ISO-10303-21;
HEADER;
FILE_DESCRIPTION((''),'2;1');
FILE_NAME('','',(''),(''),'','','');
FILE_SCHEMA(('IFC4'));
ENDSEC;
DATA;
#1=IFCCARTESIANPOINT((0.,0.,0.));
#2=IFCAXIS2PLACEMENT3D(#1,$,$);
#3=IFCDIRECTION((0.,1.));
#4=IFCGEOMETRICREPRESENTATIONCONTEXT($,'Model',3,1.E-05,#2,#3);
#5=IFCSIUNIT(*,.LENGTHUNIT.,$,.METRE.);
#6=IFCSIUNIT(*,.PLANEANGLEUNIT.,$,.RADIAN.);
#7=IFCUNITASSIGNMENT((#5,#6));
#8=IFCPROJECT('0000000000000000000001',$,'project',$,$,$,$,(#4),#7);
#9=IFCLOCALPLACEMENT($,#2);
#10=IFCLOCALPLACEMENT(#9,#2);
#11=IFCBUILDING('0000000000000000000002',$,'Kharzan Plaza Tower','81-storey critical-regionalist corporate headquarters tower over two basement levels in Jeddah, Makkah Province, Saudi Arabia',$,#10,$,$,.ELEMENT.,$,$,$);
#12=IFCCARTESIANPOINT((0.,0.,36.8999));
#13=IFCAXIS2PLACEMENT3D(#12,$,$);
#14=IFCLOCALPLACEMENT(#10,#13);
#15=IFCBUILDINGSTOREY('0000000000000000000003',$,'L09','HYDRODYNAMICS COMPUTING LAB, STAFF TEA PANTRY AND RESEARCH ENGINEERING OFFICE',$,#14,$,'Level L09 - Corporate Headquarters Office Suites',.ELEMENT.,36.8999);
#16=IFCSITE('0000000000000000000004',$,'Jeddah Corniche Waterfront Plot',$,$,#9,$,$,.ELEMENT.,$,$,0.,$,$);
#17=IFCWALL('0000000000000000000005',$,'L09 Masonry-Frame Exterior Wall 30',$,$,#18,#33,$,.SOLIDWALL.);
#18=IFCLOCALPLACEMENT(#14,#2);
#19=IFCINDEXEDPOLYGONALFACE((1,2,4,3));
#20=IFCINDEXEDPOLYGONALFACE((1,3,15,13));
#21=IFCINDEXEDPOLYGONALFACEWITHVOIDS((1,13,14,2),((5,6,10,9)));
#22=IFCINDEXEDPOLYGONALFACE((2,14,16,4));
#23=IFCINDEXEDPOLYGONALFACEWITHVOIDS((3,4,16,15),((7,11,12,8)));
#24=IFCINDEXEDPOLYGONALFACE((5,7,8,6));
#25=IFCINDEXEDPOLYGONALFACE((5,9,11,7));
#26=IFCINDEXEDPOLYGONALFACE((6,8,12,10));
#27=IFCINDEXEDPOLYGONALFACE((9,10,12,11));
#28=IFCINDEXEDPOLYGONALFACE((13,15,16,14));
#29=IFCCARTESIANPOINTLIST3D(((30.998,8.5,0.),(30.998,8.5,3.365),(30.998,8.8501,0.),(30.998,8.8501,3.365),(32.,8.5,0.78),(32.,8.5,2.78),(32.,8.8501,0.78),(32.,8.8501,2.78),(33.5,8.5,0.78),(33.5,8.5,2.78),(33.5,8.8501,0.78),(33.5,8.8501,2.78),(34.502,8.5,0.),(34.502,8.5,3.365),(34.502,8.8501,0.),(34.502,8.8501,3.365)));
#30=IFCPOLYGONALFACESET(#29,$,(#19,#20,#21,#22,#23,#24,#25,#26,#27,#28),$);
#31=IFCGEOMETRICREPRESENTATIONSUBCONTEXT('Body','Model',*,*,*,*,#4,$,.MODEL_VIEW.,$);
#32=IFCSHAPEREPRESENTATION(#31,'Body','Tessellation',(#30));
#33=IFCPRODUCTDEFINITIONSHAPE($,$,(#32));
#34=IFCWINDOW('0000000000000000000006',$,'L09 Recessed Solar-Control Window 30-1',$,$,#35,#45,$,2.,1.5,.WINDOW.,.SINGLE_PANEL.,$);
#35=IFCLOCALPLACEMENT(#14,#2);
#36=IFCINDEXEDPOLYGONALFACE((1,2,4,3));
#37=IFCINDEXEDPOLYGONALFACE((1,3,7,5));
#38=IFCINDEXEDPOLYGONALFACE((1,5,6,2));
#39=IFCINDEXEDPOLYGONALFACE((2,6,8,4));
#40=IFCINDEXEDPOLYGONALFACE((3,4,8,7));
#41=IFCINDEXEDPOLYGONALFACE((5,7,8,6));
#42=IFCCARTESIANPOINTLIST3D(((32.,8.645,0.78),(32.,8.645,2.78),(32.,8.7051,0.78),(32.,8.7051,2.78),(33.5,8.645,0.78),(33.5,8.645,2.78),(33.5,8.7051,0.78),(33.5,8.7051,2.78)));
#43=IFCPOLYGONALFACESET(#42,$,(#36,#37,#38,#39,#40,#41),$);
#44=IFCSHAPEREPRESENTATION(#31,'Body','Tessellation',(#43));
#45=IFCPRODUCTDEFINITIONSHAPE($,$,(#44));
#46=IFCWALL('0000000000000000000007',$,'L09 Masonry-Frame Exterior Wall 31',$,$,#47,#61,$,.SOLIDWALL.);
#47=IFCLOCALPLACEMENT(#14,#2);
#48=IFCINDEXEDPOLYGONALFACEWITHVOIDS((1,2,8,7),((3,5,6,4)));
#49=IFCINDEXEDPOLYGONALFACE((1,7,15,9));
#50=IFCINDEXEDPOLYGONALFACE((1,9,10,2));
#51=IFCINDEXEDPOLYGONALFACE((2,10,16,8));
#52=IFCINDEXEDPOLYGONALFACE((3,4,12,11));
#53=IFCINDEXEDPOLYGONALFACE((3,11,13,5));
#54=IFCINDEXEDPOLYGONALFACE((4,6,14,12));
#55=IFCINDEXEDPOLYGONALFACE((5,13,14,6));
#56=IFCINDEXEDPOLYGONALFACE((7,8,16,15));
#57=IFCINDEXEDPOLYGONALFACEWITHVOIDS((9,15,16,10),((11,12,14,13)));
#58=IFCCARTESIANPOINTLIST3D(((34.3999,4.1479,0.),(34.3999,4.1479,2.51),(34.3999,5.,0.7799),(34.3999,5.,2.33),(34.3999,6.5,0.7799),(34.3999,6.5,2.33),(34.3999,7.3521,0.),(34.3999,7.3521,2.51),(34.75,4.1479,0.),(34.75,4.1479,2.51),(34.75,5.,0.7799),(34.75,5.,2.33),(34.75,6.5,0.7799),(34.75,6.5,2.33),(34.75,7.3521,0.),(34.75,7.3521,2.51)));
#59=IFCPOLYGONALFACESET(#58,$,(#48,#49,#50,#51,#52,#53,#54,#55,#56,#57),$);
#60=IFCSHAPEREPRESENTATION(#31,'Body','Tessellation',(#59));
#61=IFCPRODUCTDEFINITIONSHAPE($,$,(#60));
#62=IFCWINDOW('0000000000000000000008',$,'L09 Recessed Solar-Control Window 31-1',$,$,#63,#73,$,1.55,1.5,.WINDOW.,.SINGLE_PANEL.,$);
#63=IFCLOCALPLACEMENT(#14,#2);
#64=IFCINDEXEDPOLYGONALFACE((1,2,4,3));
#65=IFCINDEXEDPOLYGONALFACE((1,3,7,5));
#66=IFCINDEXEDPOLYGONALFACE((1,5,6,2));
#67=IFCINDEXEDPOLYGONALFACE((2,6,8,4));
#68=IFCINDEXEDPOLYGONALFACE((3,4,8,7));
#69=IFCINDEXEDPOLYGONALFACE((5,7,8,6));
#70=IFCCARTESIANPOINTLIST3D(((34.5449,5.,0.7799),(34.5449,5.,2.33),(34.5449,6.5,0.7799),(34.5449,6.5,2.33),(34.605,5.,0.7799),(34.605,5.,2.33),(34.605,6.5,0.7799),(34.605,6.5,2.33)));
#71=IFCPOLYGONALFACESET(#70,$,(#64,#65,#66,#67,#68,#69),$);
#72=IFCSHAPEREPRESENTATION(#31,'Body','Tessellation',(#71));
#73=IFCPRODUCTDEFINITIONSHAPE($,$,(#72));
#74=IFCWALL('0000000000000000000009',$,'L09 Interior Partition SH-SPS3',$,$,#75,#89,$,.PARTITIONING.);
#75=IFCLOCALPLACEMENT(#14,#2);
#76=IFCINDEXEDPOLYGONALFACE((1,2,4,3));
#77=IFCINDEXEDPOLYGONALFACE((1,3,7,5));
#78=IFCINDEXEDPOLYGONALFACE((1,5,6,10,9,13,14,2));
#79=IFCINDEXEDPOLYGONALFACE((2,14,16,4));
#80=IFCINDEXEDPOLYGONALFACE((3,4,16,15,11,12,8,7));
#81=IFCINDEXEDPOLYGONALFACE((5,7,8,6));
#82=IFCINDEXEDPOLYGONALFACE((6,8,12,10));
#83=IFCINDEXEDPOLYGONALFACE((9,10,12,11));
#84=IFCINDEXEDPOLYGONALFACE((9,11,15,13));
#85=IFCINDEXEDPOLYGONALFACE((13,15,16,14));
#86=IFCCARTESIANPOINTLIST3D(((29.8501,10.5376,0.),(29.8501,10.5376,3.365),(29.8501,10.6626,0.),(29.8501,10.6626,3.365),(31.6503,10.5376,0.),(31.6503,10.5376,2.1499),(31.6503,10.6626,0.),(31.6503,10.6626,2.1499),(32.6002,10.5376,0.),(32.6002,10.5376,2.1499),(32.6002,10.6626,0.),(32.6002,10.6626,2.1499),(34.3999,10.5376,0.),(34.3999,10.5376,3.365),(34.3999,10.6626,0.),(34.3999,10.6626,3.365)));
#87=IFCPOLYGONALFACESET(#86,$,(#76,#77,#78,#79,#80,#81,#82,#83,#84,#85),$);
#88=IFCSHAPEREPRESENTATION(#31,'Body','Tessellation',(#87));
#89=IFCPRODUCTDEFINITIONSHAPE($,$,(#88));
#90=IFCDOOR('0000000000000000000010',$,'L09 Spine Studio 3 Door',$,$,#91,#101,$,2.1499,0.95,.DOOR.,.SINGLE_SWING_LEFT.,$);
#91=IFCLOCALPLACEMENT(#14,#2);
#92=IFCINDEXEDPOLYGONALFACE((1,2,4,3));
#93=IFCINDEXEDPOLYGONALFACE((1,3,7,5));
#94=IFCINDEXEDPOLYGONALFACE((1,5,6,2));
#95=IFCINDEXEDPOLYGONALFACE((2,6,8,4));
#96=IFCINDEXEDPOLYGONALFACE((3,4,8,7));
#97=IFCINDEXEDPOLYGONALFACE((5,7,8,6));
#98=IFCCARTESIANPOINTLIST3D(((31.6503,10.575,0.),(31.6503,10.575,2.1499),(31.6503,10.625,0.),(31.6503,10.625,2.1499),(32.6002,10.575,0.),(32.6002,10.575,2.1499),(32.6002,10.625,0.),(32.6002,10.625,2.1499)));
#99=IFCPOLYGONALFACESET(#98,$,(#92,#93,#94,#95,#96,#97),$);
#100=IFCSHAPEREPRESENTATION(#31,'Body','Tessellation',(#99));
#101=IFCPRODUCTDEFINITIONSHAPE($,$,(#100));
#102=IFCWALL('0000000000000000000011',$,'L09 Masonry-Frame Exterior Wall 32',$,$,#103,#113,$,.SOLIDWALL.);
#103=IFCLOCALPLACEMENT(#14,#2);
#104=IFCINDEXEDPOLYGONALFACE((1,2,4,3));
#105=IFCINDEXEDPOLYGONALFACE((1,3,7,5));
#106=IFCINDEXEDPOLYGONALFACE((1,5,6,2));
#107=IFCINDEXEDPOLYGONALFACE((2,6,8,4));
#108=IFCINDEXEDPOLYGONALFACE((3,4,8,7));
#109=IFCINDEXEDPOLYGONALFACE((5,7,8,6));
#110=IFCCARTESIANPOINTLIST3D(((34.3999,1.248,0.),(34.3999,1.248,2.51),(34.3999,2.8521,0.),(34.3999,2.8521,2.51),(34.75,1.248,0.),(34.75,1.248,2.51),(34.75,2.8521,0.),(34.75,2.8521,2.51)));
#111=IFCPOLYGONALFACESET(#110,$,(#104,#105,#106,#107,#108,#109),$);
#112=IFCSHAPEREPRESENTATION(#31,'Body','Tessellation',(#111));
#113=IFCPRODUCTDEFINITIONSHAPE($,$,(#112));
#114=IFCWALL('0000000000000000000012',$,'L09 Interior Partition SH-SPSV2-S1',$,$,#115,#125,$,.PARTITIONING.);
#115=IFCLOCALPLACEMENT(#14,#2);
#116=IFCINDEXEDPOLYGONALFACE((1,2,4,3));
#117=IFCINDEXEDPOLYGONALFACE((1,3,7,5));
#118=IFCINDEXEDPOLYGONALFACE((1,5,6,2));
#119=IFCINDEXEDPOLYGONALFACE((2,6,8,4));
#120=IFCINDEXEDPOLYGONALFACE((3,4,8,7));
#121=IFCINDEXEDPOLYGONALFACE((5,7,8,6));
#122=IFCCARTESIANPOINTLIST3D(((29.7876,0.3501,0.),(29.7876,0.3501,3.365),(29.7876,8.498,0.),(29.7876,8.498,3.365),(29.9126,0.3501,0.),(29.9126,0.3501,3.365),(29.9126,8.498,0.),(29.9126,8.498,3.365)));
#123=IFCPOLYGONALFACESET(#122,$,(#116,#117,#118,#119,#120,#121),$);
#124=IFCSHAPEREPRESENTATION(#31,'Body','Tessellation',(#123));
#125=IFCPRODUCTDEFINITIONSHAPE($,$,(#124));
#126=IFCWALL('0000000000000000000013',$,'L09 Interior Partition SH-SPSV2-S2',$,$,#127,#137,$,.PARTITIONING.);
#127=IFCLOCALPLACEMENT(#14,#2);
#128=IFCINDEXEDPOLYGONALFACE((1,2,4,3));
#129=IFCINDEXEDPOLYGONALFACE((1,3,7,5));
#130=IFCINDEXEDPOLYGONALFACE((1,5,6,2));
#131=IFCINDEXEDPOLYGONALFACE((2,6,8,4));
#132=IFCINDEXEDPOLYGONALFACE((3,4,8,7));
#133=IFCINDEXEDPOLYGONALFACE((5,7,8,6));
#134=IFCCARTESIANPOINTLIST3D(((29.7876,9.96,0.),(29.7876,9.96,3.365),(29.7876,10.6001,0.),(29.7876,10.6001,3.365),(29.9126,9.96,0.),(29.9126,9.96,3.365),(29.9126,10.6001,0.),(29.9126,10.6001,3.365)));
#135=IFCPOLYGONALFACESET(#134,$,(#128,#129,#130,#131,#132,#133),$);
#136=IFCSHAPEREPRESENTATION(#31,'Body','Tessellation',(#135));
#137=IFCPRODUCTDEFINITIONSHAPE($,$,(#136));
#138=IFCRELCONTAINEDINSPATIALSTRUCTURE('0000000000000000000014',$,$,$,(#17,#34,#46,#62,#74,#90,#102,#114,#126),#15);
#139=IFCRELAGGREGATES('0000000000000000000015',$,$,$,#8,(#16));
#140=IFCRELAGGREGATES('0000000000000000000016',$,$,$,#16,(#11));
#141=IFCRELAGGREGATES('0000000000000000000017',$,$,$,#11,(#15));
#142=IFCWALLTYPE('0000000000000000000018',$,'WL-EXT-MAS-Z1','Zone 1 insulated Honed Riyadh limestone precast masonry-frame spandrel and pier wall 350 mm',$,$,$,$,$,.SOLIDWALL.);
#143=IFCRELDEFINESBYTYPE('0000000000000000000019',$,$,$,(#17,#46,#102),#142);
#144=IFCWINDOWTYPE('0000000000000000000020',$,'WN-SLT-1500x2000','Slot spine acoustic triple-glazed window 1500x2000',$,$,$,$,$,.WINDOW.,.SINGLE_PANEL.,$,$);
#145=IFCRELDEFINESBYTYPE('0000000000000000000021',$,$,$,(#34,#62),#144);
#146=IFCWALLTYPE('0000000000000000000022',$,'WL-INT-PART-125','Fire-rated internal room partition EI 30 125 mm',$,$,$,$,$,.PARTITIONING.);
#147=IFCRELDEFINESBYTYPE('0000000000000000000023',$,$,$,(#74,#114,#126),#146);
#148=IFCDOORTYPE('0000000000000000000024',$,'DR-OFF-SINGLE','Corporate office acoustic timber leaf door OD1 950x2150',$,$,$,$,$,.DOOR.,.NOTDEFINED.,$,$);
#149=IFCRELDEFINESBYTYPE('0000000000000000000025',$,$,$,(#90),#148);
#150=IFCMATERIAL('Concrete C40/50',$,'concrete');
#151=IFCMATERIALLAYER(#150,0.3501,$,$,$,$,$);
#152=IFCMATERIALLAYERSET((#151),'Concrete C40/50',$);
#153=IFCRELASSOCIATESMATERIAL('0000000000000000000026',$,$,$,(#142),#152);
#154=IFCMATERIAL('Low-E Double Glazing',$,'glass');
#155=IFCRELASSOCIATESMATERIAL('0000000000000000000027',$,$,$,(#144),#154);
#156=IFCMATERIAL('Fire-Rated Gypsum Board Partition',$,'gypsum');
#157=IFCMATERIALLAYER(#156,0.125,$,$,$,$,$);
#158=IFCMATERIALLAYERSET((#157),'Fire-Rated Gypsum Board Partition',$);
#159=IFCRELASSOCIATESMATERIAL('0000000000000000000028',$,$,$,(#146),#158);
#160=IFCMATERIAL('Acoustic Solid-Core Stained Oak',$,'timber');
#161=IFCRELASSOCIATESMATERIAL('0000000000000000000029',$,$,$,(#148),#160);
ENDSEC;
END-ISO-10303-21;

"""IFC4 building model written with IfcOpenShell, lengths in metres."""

from ifc_helpers import new_model, si_unit, direction, frame, frame_2d, origin, place, context, subcontext, project, spatial, rectangle, extrude, source, transform, mapped, material, layer, layer_set, type_object, element, fill, save


model = new_model("IFC4")

# Units and contexts
model_context = context("Model", 3, precision=1e-05, world=origin(), true_north=direction((0.0, 1.0)))
body_context = subcontext(model_context, "Body", "Model", "MODEL_VIEW")
ifc_project = project(units=[si_unit("LENGTHUNIT", "METRE"), si_unit("PLANEANGLEUNIT", "RADIAN")], contexts=[model_context])

# Site, building, storey
site_placement = place(None, origin())
site = spatial("IfcSite", under=ifc_project, at=site_placement, Name="Jeddah Corniche Waterfront Plot", CompositionType="ELEMENT", RefElevation=0.0)
building_placement = place(site_placement, origin())
building = spatial("IfcBuilding", under=site, at=building_placement, Name="Kharzan Plaza Tower", Description="81-storey critical-regionalist corporate headquarters tower over two basement levels in Jeddah, Makkah Province, Saudi Arabia", CompositionType="ELEMENT")
storey_placement = place(building_placement, frame((0.0, 0.0, 36.8999)))
storey = spatial("IfcBuildingStorey", under=building, at=storey_placement, Name="L09", Description="HYDRODYNAMICS COMPUTING LAB, STAFF TEA PANTRY AND RESEARCH ENGINEERING OFFICE", LongName="Level L09 - Corporate Headquarters Office Suites", CompositionType="ELEMENT", Elevation=36.8999)

# Walls, openings, windows
ifc_material_1 = material(Name="Concrete C40/50", Category="concrete")
ifc_layer_1 = layer(ifc_material_1, 0.3501)
ifc_layer_set_1 = layer_set([ifc_layer_1], Name="Concrete C40/50")
wall_type_1 = type_object("IfcWallType", Name="WL-EXT-MAS-Z1", Description="Zone 1 insulated Honed Riyadh limestone precast masonry-frame spandrel and pier wall 350 mm", PredefinedType="SOLIDWALL", material=ifc_layer_set_1)
wall_1_placement = place(storey_placement, frame((30.998, 8.675, 0.0), z_axis=(0.0, 0.0, 1.0), x_axis=(1.0, 0.0, 0.0)))
wall_1 = element("IfcWall", 1, at=wall_1_placement, inside=storey, type_object=wall_type_1, Name="L09 Masonry-Frame Exterior Wall 30", PredefinedType="SOLIDWALL", context=body_context, shape_type="SweptSolid", body=[
    extrude(rectangle(XDim=3.5039, YDim=0.3501, at=frame_2d((1.752, 0.0))), origin(), (0.0, 0.0, 1.0), 3.365),
])
opening_1_placement = place(wall_1_placement, frame((1.002, 0.0, 0.78)))
opening_1 = element("IfcOpeningElement", 2, at=opening_1_placement, cuts=wall_1, PredefinedType="OPENING", context=body_context, shape_type="SweptSolid", body=[
    extrude(rectangle(XDim=1.5, YDim=2.0, at=frame_2d((0.75, 1.0))), frame((0.0, 0.1851, 0.0), z_axis=(0.0, -1.0, 0.0), x_axis=(1.0, 0.0, 0.0)), (0.0, 0.0, 1.0), 0.3701),
])
ifc_material_2 = material(Name="Low-E Double Glazing", Category="glass")
window_type = type_object("IfcWindowType", Name="WN-SLT-1500x2000", Description="Slot spine acoustic triple-glazed window 1500x2000", PartitioningType="SINGLE_PANEL", PredefinedType="WINDOW", material=ifc_material_2)
shared_shape_1 = source(origin(), body_context, "Body", "SweptSolid", [
    extrude(rectangle(XDim=1.5, YDim=2.0, at=frame_2d((0.75, 1.0))), frame((0.0, 0.03, 0.0), z_axis=(0.0, -1.0, 0.0), x_axis=(1.0, 0.0, 0.0)), (0.0, 0.0, 1.0), 0.0601),
])
window_1_placement = place(opening_1_placement, origin())
window_1 = element("IfcWindow", 3, at=window_1_placement, inside=storey, type_object=window_type, Name="L09 Recessed Solar-Control Window 30-1", OverallHeight=2.0, OverallWidth=1.5, PartitioningType="SINGLE_PANEL", PredefinedType="WINDOW", context=body_context, shape_type="MappedRepresentation", body=[
    mapped(shared_shape_1, transform((0.0, 0.0, 0.0), x_axis=(1.0, 0.0, 0.0), y_axis=(0.0, 1.0, 0.0), z_axis=(0.0, 0.0, 1.0))),
])
fill(opening_1, window_1)
wall_2_placement = place(storey_placement, frame((34.575, 7.3521, 0.0), z_axis=(0.0, 0.0, 1.0), x_axis=(0.0, -1.0, 0.0)))
wall_2 = element("IfcWall", 4, at=wall_2_placement, inside=storey, type_object=wall_type_1, Name="L09 Masonry-Frame Exterior Wall 31", PredefinedType="SOLIDWALL", context=body_context, shape_type="SweptSolid", body=[
    extrude(rectangle(XDim=3.2041, YDim=0.3501, at=frame_2d((1.6021, 0.0))), origin(), (0.0, 0.0, 1.0), 2.51),
])
opening_2_placement = place(wall_2_placement, frame((0.8521, 0.0, 0.78)))
opening_2 = element("IfcOpeningElement", 5, at=opening_2_placement, cuts=wall_2, PredefinedType="OPENING", context=body_context, shape_type="SweptSolid", body=[
    extrude(rectangle(XDim=1.5, YDim=1.55, at=frame_2d((0.75, 0.7749))), frame((0.0, 0.1851, 0.0), z_axis=(0.0, -1.0, 0.0), x_axis=(1.0, 0.0, 0.0)), (0.0, 0.0, 1.0), 0.3701),
])
shared_shape_2 = source(origin(), body_context, "Body", "SweptSolid", [
    extrude(rectangle(XDim=1.5, YDim=1.55, at=frame_2d((0.75, 0.7749))), frame((0.0, 0.03, 0.0), z_axis=(0.0, -1.0, 0.0), x_axis=(1.0, 0.0, 0.0)), (0.0, 0.0, 1.0), 0.0601),
])
window_2_placement = place(opening_2_placement, origin())
window_2 = element("IfcWindow", 6, at=window_2_placement, inside=storey, type_object=window_type, Name="L09 Recessed Solar-Control Window 31-1", OverallHeight=1.55, OverallWidth=1.5, PartitioningType="SINGLE_PANEL", PredefinedType="WINDOW", context=body_context, shape_type="MappedRepresentation", body=[
    mapped(shared_shape_2, transform((0.0, 0.0, 0.0), x_axis=(1.0, 0.0, 0.0), y_axis=(0.0, 1.0, 0.0), z_axis=(0.0, 0.0, 1.0))),
])
fill(opening_2, window_2)

# Wall, opening, door
ifc_material_3 = material(Name="Fire-Rated Gypsum Board Partition", Category="gypsum")
ifc_layer_2 = layer(ifc_material_3, 0.125)
ifc_layer_set_2 = layer_set([ifc_layer_2], Name="Fire-Rated Gypsum Board Partition")
wall_type_2 = type_object("IfcWallType", Name="WL-INT-PART-125", Description="Fire-rated internal room partition EI 30 125 mm", PredefinedType="PARTITIONING", material=ifc_layer_set_2)
wall_3_placement = place(storey_placement, frame((29.8501, 10.6001, 0.0), z_axis=(0.0, 0.0, 1.0), x_axis=(1.0, 0.0, 0.0)))
wall_3 = element("IfcWall", 7, at=wall_3_placement, inside=storey, type_object=wall_type_2, Name="L09 Interior Partition SH-SPS3", PredefinedType="PARTITIONING", context=body_context, shape_type="SweptSolid", body=[
    extrude(rectangle(XDim=4.5498, YDim=0.125, at=frame_2d((2.2749, 0.0))), origin(), (0.0, 0.0, 1.0), 3.365),
])
opening_3_placement = place(wall_3_placement, frame((1.8, 0.0, 0.0)))
opening_3 = element("IfcOpeningElement", 8, at=opening_3_placement, cuts=wall_3, PredefinedType="OPENING", context=body_context, shape_type="SweptSolid", body=[
    extrude(rectangle(XDim=0.95, YDim=2.1499, at=frame_2d((0.4751, 1.075))), frame((0.0, 0.0725, 0.0), z_axis=(0.0, -1.0, 0.0), x_axis=(1.0, 0.0, 0.0)), (0.0, 0.0, 1.0), 0.145),
])
ifc_material_4 = material(Name="Acoustic Solid-Core Stained Oak", Category="timber")
door_type = type_object("IfcDoorType", Name="DR-OFF-SINGLE", Description="Corporate office acoustic timber leaf door OD1 950x2150", OperationType="NOTDEFINED", PredefinedType="DOOR", material=ifc_material_4)
shared_shape_3 = source(origin(), body_context, "Body", "SweptSolid", [
    extrude(rectangle(XDim=0.95, YDim=2.1499, at=frame_2d((0.4751, 1.075))), frame((0.0, 0.0249, 0.0), z_axis=(0.0, -1.0, 0.0), x_axis=(1.0, 0.0, 0.0)), (0.0, 0.0, 1.0), 0.05),
])
door_placement = place(opening_3_placement, origin())
door = element("IfcDoor", 9, at=door_placement, inside=storey, type_object=door_type, Name="L09 Spine Studio 3 Door", OperationType="SINGLE_SWING_LEFT", OverallHeight=2.1499, OverallWidth=0.95, PredefinedType="DOOR", context=body_context, shape_type="MappedRepresentation", body=[
    mapped(shared_shape_3, transform((0.0, 0.0, 0.0), x_axis=(1.0, 0.0, 0.0), y_axis=(0.0, 1.0, 0.0), z_axis=(0.0, 0.0, 1.0))),
])
fill(opening_3, door)

# Walls
shared_shape_4 = source(origin(), body_context, "Body", "SweptSolid", [
    extrude(rectangle(XDim=1.604, YDim=0.3501, at=frame_2d((0.802, 0.0))), origin(), (0.0, 0.0, 1.0), 2.51),
])
wall_4_placement = place(storey_placement, frame((34.575, 2.8521, 0.0), z_axis=(0.0, 0.0, 1.0), x_axis=(0.0, -1.0, 0.0)))
element("IfcWall", 10, at=wall_4_placement, inside=storey, type_object=wall_type_1, Name="L09 Masonry-Frame Exterior Wall 32", PredefinedType="SOLIDWALL", context=body_context, shape_type="MappedRepresentation", body=[
    mapped(shared_shape_4, transform((0.0, 0.0, 0.0), x_axis=(1.0, 0.0, 0.0), y_axis=(0.0, 1.0, 0.0), z_axis=(0.0, 0.0, 1.0))),
])
shared_shape_5 = source(origin(), body_context, "Body", "SweptSolid", [
    extrude(rectangle(XDim=8.1479, YDim=0.125, at=frame_2d((4.074, 0.0))), origin(), (0.0, 0.0, 1.0), 3.365),
])
wall_5_placement = place(storey_placement, frame((29.8501, 0.3501, 0.0), z_axis=(0.0, 0.0, 1.0), x_axis=(0.0, 1.0, 0.0)))
element("IfcWall", 11, at=wall_5_placement, inside=storey, type_object=wall_type_2, Name="L09 Interior Partition SH-SPSV2-S1", PredefinedType="PARTITIONING", context=body_context, shape_type="MappedRepresentation", body=[
    mapped(shared_shape_5, transform((0.0, 0.0, 0.0), x_axis=(1.0, 0.0, 0.0), y_axis=(0.0, 1.0, 0.0), z_axis=(0.0, 0.0, 1.0))),
])
shared_shape_6 = source(origin(), body_context, "Body", "SweptSolid", [
    extrude(rectangle(XDim=0.6401, YDim=0.125, at=frame_2d((0.3201, 0.0))), origin(), (0.0, 0.0, 1.0), 3.365),
])
wall_6_placement = place(storey_placement, frame((29.8501, 9.96, 0.0), z_axis=(0.0, 0.0, 1.0), x_axis=(0.0, 1.0, 0.0)))
element("IfcWall", 12, at=wall_6_placement, inside=storey, type_object=wall_type_2, Name="L09 Interior Partition SH-SPSV2-S2", PredefinedType="PARTITIONING", context=body_context, shape_type="MappedRepresentation", body=[
    mapped(shared_shape_6, transform((0.0, 0.0, 0.0), x_axis=(1.0, 0.0, 0.0), y_axis=(0.0, 1.0, 0.0), z_axis=(0.0, 0.0, 1.0))),
])

save(model, "model.ifc")
